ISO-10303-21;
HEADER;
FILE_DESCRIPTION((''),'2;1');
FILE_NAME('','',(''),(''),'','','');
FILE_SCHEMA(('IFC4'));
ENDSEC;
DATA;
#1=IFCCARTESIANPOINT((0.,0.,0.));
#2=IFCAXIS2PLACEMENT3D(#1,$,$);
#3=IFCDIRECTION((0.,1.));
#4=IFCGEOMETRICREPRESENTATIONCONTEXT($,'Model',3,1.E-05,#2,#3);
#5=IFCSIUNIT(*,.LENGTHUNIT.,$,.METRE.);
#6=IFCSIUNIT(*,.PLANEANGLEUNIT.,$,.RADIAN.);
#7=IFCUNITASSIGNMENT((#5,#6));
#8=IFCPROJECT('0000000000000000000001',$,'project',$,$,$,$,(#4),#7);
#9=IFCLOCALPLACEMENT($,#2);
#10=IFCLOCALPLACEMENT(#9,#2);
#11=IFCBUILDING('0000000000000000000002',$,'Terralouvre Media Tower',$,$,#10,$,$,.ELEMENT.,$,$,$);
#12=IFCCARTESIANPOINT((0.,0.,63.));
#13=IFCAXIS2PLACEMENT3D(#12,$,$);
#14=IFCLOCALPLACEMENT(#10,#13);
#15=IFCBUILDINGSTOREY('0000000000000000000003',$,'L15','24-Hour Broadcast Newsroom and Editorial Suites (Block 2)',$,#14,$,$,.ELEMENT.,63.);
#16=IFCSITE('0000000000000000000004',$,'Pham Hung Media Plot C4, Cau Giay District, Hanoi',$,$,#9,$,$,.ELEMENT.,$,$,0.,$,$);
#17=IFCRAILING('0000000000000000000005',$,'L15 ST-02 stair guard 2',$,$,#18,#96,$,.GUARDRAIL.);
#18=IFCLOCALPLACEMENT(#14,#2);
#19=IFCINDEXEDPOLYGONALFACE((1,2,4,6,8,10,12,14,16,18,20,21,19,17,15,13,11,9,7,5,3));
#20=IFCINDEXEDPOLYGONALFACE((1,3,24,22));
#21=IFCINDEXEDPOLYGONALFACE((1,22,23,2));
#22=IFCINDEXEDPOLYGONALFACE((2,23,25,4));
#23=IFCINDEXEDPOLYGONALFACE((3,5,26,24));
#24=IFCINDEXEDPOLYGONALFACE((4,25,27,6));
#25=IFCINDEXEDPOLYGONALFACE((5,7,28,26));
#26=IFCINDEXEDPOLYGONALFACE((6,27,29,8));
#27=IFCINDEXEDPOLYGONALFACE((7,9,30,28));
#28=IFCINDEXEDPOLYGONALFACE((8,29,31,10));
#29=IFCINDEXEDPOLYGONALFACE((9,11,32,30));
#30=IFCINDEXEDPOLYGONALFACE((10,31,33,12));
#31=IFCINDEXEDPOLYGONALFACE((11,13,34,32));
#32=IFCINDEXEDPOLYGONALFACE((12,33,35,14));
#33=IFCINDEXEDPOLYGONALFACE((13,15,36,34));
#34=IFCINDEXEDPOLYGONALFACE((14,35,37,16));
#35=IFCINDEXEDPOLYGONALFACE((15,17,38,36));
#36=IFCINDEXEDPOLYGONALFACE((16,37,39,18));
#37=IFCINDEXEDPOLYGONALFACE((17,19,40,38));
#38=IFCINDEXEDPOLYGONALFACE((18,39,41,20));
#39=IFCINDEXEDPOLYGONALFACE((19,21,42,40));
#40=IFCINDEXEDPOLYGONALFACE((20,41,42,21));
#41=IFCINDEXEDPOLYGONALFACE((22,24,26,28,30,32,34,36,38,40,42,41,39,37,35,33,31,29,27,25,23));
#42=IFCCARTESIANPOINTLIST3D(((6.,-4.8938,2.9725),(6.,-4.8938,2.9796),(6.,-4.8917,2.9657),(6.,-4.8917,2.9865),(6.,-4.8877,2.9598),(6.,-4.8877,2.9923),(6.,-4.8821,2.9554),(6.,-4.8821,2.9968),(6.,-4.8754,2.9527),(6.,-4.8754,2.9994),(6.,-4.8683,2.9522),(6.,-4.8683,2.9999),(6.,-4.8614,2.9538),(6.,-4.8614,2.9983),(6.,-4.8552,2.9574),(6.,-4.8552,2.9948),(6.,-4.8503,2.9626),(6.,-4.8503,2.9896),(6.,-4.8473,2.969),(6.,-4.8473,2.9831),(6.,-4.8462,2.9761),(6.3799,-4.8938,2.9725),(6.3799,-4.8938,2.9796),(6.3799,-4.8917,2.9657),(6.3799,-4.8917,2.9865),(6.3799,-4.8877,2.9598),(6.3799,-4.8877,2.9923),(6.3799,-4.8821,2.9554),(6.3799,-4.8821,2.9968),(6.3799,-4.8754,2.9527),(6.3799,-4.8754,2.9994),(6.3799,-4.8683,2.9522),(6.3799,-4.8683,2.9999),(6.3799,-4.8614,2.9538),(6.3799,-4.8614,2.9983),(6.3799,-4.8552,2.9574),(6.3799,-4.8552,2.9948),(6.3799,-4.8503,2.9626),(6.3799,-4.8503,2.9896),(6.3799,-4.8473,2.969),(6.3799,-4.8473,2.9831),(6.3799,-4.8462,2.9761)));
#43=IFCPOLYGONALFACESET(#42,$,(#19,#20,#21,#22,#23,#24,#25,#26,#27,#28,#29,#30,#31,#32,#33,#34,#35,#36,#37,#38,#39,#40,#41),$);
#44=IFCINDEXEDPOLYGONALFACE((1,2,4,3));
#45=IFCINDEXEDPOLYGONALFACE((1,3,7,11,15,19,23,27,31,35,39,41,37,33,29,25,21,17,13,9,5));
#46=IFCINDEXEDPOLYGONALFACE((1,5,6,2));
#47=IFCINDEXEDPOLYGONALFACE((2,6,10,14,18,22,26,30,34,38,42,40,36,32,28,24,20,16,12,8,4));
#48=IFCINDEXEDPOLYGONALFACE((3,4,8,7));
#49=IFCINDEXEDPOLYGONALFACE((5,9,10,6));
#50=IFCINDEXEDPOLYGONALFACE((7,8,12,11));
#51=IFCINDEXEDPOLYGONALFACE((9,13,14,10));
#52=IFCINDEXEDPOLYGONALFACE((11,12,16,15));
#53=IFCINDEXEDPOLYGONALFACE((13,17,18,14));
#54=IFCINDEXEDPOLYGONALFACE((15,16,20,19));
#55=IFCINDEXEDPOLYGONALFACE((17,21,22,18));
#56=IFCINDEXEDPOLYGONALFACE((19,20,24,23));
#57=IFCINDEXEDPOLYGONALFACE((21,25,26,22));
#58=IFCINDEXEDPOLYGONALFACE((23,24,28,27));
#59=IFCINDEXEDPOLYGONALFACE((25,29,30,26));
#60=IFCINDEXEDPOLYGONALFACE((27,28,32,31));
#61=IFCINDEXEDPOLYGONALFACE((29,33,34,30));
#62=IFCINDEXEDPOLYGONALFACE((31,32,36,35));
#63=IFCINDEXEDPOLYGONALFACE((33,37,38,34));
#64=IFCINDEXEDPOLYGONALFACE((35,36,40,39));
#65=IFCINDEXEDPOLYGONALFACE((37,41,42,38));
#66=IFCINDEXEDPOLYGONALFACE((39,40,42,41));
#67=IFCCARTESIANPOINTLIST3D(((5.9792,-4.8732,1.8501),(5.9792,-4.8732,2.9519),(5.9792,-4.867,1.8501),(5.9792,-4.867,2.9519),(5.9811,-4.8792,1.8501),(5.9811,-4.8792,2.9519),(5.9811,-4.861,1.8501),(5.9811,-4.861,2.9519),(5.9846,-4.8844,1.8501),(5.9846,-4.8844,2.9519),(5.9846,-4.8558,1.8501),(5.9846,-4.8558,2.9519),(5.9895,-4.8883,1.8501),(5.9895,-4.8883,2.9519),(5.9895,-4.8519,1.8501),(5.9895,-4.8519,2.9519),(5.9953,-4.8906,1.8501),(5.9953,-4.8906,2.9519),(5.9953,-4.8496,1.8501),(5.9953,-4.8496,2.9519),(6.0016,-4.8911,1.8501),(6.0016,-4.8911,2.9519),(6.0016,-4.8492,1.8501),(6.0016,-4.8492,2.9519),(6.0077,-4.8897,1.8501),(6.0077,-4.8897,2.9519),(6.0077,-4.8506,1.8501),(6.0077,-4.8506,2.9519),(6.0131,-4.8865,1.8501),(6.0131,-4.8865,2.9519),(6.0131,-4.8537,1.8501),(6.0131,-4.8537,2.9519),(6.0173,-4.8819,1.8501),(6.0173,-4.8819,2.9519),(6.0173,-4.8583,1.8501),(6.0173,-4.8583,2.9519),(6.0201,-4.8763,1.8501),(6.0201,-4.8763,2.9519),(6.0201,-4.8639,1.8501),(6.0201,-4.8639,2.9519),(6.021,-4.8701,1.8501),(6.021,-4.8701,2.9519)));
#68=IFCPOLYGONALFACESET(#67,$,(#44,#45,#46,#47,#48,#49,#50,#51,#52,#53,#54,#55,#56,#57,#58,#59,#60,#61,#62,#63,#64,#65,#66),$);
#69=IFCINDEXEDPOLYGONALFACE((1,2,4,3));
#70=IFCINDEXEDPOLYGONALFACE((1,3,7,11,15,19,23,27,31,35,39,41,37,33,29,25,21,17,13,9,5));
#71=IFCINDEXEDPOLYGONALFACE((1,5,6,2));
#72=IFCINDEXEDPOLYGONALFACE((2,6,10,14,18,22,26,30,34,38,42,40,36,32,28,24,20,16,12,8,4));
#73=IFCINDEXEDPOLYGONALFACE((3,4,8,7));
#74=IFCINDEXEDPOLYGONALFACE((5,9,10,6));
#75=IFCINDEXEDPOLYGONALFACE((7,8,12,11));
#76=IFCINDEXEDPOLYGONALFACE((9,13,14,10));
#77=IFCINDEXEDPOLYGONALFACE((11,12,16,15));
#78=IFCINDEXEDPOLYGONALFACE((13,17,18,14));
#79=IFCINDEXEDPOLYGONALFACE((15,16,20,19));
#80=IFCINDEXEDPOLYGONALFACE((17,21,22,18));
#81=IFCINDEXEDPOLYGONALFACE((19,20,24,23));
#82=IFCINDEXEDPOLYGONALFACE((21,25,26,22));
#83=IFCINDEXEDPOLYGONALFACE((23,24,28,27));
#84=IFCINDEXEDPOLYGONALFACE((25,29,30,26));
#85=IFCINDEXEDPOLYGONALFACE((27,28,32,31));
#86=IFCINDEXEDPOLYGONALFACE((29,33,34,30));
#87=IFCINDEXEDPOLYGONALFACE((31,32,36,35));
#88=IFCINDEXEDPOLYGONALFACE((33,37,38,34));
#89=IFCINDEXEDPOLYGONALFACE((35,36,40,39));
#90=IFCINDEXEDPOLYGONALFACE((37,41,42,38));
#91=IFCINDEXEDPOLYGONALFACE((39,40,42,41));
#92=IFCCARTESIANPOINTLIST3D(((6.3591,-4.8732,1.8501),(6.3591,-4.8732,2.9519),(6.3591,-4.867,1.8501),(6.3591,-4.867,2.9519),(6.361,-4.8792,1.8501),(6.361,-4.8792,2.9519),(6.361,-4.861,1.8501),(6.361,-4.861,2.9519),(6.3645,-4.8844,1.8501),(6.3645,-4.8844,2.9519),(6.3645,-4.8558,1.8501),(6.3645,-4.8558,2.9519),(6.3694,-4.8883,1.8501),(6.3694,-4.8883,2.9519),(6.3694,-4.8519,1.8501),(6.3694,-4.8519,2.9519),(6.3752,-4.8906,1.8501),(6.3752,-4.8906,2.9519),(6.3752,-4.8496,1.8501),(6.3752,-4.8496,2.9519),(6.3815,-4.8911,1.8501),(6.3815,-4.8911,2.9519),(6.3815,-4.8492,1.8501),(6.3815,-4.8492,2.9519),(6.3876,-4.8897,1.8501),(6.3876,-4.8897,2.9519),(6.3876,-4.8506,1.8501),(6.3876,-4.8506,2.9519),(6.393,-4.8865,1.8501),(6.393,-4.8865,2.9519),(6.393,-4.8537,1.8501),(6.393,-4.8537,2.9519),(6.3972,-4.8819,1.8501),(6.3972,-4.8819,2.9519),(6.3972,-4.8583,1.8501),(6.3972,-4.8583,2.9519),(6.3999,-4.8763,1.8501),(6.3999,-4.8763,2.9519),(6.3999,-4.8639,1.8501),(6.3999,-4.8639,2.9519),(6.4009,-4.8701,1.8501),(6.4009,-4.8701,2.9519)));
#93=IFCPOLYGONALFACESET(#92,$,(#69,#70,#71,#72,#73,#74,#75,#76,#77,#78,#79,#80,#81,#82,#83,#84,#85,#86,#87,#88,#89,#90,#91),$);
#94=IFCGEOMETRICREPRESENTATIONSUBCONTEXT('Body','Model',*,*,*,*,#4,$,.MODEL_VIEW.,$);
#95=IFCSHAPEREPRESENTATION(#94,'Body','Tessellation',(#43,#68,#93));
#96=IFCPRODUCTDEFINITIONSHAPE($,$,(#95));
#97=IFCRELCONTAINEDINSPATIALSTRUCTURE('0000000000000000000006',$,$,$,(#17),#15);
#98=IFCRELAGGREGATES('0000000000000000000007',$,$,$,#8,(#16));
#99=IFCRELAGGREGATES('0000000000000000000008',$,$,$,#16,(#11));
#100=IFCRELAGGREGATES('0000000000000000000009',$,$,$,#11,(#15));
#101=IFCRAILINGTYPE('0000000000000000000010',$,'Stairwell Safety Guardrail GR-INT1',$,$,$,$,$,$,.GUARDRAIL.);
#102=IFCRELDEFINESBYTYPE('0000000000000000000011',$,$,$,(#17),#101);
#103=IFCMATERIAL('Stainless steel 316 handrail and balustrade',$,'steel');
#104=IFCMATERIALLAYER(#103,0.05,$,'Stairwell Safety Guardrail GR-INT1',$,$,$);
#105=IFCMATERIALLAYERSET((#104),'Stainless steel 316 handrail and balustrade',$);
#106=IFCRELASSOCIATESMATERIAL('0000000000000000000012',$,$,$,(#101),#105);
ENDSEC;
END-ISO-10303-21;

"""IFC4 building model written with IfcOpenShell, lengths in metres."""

from ifc_helpers import new_model, si_unit, direction, frame, origin, origin_2d, place, context, subcontext, project, spatial, circle, extrude, material, layer, layer_set, type_object, element, save


model = new_model("IFC4")

# Units and contexts
model_context = context("Model", 3, precision=1e-05, world=origin(), true_north=direction((0.0, 1.0)))
body_context = subcontext(model_context, "Body", "Model", "MODEL_VIEW")
ifc_project = project(units=[si_unit("LENGTHUNIT", "METRE"), si_unit("PLANEANGLEUNIT", "RADIAN")], contexts=[model_context])

# Site, building, storey
site_placement = place(None, origin())
site = spatial("IfcSite", under=ifc_project, at=site_placement, Name="Pham Hung Media Plot C4, Cau Giay District, Hanoi", CompositionType="ELEMENT", RefElevation=0.0)
building_placement = place(site_placement, origin())
building = spatial("IfcBuilding", under=site, at=building_placement, Name="Terralouvre Media Tower", CompositionType="ELEMENT")
storey_placement = place(building_placement, frame((0.0, 0.0, 63.0)))
storey = spatial("IfcBuildingStorey", under=building, at=storey_placement, Name="L15", Description="24-Hour Broadcast Newsroom and Editorial Suites (Block 2)", CompositionType="ELEMENT", Elevation=63.0)

# Railing
ifc_material_1 = material(Name="Stainless steel 316 handrail and balustrade", Category="steel")
ifc_layer_1 = layer(ifc_material_1, 0.05, Name="Stairwell Safety Guardrail GR-INT1")
ifc_layer_set_1 = layer_set([ifc_layer_1], Name="Stainless steel 316 handrail and balustrade")
railing_type_1 = type_object("IfcRailingType", Name="Stairwell Safety Guardrail GR-INT1", PredefinedType="GUARDRAIL", material=ifc_layer_set_1)
railing_1_placement = place(storey_placement, frame((6.0, -4.8701, 1.8501)))
element("IfcRailing", 1, at=railing_1_placement, inside=storey, type_object=railing_type_1, Name="L15 ST-02 stair guard 2", PredefinedType="GUARDRAIL", context=body_context, shape_type="SweptSolid", body=[
    extrude(circle(Radius=0.0239, at=origin_2d()), frame((0.0, 0.0, 1.126), z_axis=(1.0, 0.0, 0.0), x_axis=(0.0, 1.0, 0.0)), (0.0, 0.0, 1.0), 0.3799),
    extrude(circle(Radius=0.021, at=origin_2d()), origin(), (0.0, 0.0, 1.0), 1.1018),
    extrude(circle(Radius=0.021, at=origin_2d()), frame((0.3799, 0.0, 0.0)), (0.0, 0.0, 1.0), 1.1018),
])

save(model, "model.ifc")
